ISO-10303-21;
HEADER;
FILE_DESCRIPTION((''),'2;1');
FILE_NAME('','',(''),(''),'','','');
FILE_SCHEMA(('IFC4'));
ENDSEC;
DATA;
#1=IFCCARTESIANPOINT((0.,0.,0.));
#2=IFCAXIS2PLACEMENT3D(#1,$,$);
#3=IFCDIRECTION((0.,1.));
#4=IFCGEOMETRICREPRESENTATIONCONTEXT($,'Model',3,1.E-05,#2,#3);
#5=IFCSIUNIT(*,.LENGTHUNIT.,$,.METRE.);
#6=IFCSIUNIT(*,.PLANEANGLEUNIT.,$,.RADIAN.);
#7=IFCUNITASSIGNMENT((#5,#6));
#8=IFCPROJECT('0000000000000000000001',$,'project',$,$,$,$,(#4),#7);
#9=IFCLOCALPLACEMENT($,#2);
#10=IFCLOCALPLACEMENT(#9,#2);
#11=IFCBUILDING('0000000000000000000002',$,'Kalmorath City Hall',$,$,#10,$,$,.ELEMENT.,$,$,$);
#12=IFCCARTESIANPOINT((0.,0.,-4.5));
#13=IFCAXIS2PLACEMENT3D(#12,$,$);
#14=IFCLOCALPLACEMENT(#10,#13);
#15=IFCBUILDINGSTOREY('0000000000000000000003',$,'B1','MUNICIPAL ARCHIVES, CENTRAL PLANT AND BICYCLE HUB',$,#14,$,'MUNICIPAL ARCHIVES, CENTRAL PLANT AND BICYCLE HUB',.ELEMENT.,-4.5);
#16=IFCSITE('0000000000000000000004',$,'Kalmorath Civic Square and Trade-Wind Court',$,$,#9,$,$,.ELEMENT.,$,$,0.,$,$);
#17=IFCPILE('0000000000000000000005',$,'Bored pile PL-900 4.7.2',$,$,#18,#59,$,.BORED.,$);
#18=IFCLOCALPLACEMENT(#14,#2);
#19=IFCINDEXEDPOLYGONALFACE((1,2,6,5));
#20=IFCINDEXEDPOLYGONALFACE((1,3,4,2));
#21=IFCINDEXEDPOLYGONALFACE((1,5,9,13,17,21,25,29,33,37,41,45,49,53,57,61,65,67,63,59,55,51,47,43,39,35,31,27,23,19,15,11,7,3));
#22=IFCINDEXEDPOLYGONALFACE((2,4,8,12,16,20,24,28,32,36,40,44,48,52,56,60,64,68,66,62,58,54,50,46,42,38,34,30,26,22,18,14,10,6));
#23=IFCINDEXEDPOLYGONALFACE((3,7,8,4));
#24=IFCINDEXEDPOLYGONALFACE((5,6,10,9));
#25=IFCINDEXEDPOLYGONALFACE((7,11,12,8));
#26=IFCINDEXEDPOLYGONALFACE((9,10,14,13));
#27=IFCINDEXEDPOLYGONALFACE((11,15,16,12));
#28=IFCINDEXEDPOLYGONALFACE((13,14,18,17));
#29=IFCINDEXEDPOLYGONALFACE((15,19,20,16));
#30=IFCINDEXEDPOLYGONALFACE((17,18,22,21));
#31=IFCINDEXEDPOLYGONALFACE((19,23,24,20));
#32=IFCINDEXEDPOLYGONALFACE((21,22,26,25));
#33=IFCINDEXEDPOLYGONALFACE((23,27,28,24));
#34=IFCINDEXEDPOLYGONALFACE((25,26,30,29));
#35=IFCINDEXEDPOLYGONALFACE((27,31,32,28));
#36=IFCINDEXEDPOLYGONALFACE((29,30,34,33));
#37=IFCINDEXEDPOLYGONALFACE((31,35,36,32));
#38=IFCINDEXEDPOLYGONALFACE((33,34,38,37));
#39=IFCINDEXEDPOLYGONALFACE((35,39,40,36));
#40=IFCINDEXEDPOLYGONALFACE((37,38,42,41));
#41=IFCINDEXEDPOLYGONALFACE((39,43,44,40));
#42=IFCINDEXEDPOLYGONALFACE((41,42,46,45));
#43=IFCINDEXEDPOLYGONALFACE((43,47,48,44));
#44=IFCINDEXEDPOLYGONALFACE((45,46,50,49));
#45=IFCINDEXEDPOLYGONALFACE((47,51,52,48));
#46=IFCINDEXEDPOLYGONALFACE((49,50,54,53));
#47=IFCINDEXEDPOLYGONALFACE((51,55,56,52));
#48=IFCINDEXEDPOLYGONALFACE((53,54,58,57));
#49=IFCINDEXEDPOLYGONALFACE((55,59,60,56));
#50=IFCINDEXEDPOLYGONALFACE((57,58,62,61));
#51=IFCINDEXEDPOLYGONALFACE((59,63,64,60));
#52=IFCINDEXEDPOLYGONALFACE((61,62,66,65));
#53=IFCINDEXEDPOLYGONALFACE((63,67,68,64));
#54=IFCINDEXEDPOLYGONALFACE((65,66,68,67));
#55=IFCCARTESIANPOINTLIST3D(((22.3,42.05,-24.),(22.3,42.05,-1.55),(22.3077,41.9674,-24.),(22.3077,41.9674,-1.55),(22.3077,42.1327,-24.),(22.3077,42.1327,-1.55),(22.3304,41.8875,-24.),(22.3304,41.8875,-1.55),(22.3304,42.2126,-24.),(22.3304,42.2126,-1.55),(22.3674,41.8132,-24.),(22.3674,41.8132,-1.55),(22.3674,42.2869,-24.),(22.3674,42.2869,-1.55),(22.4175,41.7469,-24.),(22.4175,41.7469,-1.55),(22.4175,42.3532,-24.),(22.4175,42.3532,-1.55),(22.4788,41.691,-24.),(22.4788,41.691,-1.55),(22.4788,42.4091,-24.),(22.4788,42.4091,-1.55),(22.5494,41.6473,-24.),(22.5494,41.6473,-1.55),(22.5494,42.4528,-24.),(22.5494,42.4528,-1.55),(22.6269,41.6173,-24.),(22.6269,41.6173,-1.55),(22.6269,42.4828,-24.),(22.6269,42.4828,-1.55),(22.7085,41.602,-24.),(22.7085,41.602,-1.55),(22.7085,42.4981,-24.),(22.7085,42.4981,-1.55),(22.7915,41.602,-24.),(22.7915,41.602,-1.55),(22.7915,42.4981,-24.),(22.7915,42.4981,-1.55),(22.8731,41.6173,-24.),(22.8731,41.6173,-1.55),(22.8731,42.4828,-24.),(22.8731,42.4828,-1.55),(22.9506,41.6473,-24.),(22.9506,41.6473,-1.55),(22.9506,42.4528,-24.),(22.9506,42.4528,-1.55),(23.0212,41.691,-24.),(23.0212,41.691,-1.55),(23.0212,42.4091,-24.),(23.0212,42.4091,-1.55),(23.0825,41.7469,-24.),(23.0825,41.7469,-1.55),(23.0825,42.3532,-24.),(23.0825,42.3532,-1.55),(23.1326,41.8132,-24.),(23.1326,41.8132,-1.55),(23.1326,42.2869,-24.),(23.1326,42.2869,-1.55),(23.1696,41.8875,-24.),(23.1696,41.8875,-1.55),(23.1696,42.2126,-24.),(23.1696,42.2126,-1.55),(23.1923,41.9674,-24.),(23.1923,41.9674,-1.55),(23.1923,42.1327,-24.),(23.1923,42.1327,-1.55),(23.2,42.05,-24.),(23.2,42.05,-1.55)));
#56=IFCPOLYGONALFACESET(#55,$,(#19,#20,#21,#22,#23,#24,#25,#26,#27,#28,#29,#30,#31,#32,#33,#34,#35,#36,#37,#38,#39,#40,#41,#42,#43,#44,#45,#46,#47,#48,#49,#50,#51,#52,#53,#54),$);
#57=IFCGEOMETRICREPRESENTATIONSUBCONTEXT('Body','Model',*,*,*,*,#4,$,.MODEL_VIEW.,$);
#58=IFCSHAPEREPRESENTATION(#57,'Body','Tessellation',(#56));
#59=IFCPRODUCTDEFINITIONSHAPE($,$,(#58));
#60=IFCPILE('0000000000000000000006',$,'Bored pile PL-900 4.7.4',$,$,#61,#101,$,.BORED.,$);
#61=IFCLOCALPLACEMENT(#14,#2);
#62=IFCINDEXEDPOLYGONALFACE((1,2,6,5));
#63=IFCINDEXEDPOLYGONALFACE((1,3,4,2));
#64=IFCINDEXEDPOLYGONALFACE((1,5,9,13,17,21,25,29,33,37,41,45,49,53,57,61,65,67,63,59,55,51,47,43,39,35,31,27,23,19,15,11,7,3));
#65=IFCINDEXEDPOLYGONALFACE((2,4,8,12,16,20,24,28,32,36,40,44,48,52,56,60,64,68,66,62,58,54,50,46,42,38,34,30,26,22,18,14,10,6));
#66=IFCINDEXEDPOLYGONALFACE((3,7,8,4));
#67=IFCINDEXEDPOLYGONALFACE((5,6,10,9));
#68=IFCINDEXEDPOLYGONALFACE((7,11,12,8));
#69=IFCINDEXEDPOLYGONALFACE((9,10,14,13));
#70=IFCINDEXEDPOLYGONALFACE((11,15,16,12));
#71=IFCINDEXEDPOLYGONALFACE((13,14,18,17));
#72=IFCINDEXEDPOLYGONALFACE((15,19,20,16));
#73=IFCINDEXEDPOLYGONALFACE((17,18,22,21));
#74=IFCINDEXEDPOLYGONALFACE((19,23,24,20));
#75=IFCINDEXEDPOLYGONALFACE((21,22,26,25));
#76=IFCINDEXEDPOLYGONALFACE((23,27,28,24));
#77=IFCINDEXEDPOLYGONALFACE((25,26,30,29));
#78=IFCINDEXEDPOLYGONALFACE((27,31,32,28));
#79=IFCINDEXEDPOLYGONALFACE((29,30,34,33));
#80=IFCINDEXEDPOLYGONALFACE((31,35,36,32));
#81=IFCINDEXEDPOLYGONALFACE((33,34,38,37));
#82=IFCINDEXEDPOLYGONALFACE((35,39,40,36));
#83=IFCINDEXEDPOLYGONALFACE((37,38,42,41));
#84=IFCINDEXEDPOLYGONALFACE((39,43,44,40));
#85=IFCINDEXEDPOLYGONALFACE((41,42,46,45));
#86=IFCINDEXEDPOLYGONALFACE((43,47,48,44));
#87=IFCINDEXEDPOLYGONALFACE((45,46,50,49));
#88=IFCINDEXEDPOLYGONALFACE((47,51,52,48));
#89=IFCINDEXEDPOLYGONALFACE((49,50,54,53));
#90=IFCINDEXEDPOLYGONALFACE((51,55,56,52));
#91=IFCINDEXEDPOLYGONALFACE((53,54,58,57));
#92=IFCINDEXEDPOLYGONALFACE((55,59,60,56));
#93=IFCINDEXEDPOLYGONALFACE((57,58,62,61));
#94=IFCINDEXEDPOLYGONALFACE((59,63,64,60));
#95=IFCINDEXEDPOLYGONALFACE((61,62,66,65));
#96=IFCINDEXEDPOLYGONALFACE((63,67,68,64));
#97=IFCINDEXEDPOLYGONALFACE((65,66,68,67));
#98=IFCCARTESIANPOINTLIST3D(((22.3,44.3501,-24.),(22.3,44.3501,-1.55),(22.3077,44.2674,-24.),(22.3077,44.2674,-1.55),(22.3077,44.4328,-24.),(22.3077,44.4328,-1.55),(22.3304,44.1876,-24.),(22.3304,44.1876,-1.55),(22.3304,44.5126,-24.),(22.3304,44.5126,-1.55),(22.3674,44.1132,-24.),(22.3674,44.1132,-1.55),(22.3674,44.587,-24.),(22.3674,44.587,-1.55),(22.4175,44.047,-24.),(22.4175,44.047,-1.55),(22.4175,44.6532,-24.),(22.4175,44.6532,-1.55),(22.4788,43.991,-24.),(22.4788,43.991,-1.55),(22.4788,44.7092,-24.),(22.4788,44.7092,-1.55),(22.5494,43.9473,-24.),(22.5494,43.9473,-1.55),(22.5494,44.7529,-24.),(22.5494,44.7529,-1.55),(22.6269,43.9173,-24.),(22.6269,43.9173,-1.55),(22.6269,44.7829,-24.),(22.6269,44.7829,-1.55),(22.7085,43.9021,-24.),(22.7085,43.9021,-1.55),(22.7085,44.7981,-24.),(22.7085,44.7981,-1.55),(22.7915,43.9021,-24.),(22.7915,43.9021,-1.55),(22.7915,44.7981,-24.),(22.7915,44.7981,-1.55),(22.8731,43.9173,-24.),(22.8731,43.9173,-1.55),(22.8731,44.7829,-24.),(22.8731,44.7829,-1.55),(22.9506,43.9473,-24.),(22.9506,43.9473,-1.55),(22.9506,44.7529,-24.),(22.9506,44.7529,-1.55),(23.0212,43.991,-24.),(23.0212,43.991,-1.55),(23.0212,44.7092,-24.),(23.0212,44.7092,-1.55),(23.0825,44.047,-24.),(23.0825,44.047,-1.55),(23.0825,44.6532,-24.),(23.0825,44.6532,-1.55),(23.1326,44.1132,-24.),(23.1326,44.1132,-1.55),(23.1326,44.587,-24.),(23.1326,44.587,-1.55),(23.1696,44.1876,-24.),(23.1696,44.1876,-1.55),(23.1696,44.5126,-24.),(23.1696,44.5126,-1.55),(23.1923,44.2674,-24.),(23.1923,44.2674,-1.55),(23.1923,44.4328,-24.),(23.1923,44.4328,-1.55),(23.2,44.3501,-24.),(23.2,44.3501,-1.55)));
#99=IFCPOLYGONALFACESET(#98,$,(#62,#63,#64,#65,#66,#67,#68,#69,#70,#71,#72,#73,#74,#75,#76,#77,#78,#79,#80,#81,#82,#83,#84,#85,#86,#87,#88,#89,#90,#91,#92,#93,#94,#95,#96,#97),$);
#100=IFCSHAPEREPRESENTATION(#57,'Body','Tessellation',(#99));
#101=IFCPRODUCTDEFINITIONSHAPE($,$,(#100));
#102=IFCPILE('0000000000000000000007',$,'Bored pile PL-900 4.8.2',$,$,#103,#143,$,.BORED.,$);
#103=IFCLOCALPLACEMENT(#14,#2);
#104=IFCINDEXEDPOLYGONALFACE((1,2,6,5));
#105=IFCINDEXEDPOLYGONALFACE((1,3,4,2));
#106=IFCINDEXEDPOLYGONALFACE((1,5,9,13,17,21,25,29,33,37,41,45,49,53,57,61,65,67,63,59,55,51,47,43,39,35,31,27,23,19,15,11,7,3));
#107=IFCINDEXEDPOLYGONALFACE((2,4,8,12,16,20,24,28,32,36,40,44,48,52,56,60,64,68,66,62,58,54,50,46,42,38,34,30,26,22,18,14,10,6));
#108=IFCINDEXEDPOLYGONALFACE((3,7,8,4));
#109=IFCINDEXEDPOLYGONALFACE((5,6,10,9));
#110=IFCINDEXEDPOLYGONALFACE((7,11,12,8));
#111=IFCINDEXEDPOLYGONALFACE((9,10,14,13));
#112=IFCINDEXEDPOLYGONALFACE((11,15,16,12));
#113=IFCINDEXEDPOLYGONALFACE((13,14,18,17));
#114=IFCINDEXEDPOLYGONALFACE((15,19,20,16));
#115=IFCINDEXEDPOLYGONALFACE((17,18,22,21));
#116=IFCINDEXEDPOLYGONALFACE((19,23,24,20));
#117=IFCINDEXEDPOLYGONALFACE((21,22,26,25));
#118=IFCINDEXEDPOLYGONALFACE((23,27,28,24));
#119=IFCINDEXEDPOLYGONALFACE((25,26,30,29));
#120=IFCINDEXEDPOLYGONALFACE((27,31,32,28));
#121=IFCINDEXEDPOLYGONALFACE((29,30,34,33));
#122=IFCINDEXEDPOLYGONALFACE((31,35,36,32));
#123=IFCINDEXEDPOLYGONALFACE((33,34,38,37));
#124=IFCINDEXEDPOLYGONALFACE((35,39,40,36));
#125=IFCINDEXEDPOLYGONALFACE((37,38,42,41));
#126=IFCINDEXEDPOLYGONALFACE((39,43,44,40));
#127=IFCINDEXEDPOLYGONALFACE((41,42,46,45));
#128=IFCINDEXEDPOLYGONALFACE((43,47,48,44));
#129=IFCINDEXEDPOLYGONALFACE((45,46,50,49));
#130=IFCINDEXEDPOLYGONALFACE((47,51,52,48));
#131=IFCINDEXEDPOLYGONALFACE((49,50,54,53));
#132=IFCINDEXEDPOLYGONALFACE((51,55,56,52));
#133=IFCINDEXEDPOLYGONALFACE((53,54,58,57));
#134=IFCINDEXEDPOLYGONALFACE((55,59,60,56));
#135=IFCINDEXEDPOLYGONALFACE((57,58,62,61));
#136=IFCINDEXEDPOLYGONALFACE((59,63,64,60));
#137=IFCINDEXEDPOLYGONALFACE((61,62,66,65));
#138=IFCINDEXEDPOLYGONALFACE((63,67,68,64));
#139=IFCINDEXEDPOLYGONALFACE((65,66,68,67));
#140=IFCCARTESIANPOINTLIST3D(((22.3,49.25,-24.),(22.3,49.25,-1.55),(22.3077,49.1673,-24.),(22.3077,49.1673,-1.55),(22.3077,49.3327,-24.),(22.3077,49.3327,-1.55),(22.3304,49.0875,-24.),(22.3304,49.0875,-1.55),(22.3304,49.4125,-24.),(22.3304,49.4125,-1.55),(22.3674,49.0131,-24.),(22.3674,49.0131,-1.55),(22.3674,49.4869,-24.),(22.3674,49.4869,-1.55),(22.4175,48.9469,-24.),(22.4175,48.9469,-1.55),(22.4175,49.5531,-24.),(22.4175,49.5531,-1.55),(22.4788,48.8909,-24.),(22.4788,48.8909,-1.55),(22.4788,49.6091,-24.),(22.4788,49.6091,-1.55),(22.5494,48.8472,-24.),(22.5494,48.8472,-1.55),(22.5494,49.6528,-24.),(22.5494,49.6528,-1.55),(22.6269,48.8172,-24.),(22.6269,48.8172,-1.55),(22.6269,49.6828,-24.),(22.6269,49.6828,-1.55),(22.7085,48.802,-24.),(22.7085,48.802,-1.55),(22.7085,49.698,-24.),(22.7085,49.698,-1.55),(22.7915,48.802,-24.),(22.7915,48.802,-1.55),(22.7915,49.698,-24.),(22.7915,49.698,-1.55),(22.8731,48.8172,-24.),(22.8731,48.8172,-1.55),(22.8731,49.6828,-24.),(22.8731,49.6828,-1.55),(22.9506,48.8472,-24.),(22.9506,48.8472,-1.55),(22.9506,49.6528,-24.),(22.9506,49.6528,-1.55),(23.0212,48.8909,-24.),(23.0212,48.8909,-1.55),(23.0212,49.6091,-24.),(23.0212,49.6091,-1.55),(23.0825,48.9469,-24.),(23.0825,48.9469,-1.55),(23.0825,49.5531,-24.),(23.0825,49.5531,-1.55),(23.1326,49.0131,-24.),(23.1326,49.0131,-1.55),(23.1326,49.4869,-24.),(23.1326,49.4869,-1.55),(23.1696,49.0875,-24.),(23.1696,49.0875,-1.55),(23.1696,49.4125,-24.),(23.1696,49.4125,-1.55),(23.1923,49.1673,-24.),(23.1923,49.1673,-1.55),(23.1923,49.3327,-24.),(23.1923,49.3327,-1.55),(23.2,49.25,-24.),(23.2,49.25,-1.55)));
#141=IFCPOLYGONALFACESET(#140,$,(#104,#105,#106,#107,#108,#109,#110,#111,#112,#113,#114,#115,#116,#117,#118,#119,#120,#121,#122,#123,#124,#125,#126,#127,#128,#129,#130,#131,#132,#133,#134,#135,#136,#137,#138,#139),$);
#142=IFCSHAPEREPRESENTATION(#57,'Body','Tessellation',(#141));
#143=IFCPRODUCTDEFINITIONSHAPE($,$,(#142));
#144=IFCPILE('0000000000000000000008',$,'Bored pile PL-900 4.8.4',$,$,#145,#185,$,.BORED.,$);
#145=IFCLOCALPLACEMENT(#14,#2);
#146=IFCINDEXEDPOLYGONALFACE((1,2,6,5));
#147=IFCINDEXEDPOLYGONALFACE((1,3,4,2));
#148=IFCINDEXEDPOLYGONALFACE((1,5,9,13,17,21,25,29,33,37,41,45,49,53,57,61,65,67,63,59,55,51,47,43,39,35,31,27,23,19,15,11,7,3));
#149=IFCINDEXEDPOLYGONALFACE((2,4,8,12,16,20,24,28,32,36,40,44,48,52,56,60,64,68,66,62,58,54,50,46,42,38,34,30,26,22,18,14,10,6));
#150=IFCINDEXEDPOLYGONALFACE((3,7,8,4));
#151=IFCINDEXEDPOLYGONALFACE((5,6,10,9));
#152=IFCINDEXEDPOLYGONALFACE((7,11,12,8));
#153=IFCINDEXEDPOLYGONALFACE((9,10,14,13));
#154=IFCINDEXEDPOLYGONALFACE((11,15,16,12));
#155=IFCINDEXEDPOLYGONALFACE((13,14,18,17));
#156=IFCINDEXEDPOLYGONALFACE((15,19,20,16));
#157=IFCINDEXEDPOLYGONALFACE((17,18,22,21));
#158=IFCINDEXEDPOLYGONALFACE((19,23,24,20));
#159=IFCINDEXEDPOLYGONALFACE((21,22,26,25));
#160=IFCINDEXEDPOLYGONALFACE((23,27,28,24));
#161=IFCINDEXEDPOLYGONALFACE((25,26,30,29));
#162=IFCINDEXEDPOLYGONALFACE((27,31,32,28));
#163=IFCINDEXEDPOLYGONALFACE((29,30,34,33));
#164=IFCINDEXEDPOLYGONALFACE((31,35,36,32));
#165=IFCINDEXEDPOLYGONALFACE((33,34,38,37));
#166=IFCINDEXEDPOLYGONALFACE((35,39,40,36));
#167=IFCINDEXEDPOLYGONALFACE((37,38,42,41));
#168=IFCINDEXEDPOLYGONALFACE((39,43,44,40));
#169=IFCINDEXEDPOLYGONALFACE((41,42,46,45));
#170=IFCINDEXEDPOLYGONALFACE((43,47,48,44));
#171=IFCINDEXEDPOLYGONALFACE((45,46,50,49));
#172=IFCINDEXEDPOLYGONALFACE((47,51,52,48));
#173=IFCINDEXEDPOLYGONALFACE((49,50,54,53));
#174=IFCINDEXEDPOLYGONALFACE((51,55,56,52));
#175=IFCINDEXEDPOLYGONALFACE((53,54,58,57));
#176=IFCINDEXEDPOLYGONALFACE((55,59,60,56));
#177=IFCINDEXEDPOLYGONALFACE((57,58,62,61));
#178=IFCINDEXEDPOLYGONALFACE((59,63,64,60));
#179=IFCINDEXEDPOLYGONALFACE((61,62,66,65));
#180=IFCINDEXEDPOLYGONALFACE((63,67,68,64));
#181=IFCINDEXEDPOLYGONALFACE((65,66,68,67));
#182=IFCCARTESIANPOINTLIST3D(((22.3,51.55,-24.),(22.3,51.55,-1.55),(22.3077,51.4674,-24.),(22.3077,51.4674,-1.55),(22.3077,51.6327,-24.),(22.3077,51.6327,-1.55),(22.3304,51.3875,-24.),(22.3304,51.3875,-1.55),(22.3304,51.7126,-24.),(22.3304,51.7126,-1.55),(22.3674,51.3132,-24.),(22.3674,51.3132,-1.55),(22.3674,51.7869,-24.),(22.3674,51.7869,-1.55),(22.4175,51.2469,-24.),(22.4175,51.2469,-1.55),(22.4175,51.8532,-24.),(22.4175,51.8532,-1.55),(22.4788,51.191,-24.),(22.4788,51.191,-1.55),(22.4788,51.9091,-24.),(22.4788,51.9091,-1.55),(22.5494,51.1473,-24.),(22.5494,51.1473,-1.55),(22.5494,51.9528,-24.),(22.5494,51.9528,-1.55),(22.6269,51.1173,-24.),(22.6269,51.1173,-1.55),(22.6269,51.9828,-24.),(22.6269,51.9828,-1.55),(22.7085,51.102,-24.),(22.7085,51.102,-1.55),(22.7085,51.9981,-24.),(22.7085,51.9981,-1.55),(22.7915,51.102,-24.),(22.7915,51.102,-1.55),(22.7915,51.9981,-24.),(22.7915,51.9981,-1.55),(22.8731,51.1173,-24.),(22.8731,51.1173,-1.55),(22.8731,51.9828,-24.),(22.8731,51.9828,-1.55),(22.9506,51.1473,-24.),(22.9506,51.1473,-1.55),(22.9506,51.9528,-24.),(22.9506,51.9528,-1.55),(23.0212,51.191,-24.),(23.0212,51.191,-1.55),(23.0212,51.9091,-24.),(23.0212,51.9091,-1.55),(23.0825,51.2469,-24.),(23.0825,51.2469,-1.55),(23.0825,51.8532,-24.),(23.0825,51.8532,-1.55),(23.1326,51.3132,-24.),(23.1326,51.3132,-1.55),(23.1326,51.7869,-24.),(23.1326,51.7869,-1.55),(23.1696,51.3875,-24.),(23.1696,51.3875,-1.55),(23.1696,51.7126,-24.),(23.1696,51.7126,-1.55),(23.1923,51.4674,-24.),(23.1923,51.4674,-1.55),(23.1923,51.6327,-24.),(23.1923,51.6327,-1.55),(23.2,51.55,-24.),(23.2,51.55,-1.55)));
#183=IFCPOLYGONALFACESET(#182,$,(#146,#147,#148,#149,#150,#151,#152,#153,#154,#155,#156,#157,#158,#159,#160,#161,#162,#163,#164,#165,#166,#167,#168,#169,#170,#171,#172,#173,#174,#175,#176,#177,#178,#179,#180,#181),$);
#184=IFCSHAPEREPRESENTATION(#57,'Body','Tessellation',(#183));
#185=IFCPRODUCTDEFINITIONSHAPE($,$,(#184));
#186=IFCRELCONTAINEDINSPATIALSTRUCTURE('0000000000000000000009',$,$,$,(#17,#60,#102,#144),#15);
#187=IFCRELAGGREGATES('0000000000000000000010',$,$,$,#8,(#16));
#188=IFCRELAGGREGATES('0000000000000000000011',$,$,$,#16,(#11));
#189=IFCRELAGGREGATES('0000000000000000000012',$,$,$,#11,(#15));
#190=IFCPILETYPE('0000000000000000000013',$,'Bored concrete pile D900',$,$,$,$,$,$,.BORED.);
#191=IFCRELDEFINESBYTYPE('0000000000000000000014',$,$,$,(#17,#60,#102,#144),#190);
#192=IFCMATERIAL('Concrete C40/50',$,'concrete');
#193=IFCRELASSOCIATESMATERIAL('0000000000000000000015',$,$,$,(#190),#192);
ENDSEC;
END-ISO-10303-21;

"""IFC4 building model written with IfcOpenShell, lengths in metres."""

from ifc_helpers import new_model, si_unit, direction, frame, origin, origin_2d, place, context, subcontext, project, spatial, circle, extrude, material, material_profile, profile_set, type_object, element, save


model = new_model("IFC4")

# Units and contexts
model_context = context("Model", 3, precision=1e-05, world=origin(), true_north=direction((0.0, 1.0)))
body_context = subcontext(model_context, "Body", "Model", "MODEL_VIEW")
ifc_project = project(units=[si_unit("LENGTHUNIT", "METRE"), si_unit("PLANEANGLEUNIT", "RADIAN")], contexts=[model_context])

# Site, building, storey
site_placement = place(None, origin())
site = spatial("IfcSite", under=ifc_project, at=site_placement, Name="Kalmorath Civic Square and Trade-Wind Court", CompositionType="ELEMENT", RefElevation=0.0)
building_placement = place(site_placement, origin())
building = spatial("IfcBuilding", under=site, at=building_placement, Name="Kalmorath City Hall", CompositionType="ELEMENT")
storey_placement = place(building_placement, frame((0.0, 0.0, -4.5)))
storey = spatial("IfcBuildingStorey", under=building, at=storey_placement, Name="B1", Description="MUNICIPAL ARCHIVES, CENTRAL PLANT AND BICYCLE HUB", LongName="MUNICIPAL ARCHIVES, CENTRAL PLANT AND BICYCLE HUB", CompositionType="ELEMENT", Elevation=-4.5)

# Piles
ifc_material_1 = material(Name="Concrete C40/50", Category="concrete")
ifc_material_profile_1 = material_profile(ifc_material_1, circle(Radius=0.45, at=origin_2d()), Name="PILE-D900")
ifc_profile_set_1 = profile_set([ifc_material_profile_1], Name="Concrete C40/50")
pile_type = type_object("IfcPileType", Name="Bored concrete pile D900", PredefinedType="BORED", material=ifc_profile_set_1)
for number, where, z_axis, x_axis, name in (
    (1, (22.75, 42.05, -1.55), (0.0, 0.0, -1.0), (1.0, 0.0, 0.0), "Bored pile PL-900 4.7.2"),
    (2, (22.75, 44.3501, -1.55), (0.0, 0.0, -1.0), (1.0, 0.0, 0.0), "Bored pile PL-900 4.7.4"),
    (3, (22.75, 49.25, -1.55), (0.0, 0.0, -1.0), (1.0, 0.0, 0.0), "Bored pile PL-900 4.8.2"),
    (4, (22.75, 51.55, -1.55), (0.0, 0.0, -1.0), (1.0, 0.0, 0.0), "Bored pile PL-900 4.8.4"),
):
    element("IfcPile", number, at=place(storey_placement, frame(where, z_axis=z_axis, x_axis=x_axis)), inside=storey, type_object=pile_type, Name=name, PredefinedType="BORED", context=body_context, shape_type="SweptSolid", body=[
        extrude(circle(Radius=0.45, at=origin_2d()), origin(), (0.0, 0.0, 1.0), 22.45),
    ])

save(model, "model.ifc")
